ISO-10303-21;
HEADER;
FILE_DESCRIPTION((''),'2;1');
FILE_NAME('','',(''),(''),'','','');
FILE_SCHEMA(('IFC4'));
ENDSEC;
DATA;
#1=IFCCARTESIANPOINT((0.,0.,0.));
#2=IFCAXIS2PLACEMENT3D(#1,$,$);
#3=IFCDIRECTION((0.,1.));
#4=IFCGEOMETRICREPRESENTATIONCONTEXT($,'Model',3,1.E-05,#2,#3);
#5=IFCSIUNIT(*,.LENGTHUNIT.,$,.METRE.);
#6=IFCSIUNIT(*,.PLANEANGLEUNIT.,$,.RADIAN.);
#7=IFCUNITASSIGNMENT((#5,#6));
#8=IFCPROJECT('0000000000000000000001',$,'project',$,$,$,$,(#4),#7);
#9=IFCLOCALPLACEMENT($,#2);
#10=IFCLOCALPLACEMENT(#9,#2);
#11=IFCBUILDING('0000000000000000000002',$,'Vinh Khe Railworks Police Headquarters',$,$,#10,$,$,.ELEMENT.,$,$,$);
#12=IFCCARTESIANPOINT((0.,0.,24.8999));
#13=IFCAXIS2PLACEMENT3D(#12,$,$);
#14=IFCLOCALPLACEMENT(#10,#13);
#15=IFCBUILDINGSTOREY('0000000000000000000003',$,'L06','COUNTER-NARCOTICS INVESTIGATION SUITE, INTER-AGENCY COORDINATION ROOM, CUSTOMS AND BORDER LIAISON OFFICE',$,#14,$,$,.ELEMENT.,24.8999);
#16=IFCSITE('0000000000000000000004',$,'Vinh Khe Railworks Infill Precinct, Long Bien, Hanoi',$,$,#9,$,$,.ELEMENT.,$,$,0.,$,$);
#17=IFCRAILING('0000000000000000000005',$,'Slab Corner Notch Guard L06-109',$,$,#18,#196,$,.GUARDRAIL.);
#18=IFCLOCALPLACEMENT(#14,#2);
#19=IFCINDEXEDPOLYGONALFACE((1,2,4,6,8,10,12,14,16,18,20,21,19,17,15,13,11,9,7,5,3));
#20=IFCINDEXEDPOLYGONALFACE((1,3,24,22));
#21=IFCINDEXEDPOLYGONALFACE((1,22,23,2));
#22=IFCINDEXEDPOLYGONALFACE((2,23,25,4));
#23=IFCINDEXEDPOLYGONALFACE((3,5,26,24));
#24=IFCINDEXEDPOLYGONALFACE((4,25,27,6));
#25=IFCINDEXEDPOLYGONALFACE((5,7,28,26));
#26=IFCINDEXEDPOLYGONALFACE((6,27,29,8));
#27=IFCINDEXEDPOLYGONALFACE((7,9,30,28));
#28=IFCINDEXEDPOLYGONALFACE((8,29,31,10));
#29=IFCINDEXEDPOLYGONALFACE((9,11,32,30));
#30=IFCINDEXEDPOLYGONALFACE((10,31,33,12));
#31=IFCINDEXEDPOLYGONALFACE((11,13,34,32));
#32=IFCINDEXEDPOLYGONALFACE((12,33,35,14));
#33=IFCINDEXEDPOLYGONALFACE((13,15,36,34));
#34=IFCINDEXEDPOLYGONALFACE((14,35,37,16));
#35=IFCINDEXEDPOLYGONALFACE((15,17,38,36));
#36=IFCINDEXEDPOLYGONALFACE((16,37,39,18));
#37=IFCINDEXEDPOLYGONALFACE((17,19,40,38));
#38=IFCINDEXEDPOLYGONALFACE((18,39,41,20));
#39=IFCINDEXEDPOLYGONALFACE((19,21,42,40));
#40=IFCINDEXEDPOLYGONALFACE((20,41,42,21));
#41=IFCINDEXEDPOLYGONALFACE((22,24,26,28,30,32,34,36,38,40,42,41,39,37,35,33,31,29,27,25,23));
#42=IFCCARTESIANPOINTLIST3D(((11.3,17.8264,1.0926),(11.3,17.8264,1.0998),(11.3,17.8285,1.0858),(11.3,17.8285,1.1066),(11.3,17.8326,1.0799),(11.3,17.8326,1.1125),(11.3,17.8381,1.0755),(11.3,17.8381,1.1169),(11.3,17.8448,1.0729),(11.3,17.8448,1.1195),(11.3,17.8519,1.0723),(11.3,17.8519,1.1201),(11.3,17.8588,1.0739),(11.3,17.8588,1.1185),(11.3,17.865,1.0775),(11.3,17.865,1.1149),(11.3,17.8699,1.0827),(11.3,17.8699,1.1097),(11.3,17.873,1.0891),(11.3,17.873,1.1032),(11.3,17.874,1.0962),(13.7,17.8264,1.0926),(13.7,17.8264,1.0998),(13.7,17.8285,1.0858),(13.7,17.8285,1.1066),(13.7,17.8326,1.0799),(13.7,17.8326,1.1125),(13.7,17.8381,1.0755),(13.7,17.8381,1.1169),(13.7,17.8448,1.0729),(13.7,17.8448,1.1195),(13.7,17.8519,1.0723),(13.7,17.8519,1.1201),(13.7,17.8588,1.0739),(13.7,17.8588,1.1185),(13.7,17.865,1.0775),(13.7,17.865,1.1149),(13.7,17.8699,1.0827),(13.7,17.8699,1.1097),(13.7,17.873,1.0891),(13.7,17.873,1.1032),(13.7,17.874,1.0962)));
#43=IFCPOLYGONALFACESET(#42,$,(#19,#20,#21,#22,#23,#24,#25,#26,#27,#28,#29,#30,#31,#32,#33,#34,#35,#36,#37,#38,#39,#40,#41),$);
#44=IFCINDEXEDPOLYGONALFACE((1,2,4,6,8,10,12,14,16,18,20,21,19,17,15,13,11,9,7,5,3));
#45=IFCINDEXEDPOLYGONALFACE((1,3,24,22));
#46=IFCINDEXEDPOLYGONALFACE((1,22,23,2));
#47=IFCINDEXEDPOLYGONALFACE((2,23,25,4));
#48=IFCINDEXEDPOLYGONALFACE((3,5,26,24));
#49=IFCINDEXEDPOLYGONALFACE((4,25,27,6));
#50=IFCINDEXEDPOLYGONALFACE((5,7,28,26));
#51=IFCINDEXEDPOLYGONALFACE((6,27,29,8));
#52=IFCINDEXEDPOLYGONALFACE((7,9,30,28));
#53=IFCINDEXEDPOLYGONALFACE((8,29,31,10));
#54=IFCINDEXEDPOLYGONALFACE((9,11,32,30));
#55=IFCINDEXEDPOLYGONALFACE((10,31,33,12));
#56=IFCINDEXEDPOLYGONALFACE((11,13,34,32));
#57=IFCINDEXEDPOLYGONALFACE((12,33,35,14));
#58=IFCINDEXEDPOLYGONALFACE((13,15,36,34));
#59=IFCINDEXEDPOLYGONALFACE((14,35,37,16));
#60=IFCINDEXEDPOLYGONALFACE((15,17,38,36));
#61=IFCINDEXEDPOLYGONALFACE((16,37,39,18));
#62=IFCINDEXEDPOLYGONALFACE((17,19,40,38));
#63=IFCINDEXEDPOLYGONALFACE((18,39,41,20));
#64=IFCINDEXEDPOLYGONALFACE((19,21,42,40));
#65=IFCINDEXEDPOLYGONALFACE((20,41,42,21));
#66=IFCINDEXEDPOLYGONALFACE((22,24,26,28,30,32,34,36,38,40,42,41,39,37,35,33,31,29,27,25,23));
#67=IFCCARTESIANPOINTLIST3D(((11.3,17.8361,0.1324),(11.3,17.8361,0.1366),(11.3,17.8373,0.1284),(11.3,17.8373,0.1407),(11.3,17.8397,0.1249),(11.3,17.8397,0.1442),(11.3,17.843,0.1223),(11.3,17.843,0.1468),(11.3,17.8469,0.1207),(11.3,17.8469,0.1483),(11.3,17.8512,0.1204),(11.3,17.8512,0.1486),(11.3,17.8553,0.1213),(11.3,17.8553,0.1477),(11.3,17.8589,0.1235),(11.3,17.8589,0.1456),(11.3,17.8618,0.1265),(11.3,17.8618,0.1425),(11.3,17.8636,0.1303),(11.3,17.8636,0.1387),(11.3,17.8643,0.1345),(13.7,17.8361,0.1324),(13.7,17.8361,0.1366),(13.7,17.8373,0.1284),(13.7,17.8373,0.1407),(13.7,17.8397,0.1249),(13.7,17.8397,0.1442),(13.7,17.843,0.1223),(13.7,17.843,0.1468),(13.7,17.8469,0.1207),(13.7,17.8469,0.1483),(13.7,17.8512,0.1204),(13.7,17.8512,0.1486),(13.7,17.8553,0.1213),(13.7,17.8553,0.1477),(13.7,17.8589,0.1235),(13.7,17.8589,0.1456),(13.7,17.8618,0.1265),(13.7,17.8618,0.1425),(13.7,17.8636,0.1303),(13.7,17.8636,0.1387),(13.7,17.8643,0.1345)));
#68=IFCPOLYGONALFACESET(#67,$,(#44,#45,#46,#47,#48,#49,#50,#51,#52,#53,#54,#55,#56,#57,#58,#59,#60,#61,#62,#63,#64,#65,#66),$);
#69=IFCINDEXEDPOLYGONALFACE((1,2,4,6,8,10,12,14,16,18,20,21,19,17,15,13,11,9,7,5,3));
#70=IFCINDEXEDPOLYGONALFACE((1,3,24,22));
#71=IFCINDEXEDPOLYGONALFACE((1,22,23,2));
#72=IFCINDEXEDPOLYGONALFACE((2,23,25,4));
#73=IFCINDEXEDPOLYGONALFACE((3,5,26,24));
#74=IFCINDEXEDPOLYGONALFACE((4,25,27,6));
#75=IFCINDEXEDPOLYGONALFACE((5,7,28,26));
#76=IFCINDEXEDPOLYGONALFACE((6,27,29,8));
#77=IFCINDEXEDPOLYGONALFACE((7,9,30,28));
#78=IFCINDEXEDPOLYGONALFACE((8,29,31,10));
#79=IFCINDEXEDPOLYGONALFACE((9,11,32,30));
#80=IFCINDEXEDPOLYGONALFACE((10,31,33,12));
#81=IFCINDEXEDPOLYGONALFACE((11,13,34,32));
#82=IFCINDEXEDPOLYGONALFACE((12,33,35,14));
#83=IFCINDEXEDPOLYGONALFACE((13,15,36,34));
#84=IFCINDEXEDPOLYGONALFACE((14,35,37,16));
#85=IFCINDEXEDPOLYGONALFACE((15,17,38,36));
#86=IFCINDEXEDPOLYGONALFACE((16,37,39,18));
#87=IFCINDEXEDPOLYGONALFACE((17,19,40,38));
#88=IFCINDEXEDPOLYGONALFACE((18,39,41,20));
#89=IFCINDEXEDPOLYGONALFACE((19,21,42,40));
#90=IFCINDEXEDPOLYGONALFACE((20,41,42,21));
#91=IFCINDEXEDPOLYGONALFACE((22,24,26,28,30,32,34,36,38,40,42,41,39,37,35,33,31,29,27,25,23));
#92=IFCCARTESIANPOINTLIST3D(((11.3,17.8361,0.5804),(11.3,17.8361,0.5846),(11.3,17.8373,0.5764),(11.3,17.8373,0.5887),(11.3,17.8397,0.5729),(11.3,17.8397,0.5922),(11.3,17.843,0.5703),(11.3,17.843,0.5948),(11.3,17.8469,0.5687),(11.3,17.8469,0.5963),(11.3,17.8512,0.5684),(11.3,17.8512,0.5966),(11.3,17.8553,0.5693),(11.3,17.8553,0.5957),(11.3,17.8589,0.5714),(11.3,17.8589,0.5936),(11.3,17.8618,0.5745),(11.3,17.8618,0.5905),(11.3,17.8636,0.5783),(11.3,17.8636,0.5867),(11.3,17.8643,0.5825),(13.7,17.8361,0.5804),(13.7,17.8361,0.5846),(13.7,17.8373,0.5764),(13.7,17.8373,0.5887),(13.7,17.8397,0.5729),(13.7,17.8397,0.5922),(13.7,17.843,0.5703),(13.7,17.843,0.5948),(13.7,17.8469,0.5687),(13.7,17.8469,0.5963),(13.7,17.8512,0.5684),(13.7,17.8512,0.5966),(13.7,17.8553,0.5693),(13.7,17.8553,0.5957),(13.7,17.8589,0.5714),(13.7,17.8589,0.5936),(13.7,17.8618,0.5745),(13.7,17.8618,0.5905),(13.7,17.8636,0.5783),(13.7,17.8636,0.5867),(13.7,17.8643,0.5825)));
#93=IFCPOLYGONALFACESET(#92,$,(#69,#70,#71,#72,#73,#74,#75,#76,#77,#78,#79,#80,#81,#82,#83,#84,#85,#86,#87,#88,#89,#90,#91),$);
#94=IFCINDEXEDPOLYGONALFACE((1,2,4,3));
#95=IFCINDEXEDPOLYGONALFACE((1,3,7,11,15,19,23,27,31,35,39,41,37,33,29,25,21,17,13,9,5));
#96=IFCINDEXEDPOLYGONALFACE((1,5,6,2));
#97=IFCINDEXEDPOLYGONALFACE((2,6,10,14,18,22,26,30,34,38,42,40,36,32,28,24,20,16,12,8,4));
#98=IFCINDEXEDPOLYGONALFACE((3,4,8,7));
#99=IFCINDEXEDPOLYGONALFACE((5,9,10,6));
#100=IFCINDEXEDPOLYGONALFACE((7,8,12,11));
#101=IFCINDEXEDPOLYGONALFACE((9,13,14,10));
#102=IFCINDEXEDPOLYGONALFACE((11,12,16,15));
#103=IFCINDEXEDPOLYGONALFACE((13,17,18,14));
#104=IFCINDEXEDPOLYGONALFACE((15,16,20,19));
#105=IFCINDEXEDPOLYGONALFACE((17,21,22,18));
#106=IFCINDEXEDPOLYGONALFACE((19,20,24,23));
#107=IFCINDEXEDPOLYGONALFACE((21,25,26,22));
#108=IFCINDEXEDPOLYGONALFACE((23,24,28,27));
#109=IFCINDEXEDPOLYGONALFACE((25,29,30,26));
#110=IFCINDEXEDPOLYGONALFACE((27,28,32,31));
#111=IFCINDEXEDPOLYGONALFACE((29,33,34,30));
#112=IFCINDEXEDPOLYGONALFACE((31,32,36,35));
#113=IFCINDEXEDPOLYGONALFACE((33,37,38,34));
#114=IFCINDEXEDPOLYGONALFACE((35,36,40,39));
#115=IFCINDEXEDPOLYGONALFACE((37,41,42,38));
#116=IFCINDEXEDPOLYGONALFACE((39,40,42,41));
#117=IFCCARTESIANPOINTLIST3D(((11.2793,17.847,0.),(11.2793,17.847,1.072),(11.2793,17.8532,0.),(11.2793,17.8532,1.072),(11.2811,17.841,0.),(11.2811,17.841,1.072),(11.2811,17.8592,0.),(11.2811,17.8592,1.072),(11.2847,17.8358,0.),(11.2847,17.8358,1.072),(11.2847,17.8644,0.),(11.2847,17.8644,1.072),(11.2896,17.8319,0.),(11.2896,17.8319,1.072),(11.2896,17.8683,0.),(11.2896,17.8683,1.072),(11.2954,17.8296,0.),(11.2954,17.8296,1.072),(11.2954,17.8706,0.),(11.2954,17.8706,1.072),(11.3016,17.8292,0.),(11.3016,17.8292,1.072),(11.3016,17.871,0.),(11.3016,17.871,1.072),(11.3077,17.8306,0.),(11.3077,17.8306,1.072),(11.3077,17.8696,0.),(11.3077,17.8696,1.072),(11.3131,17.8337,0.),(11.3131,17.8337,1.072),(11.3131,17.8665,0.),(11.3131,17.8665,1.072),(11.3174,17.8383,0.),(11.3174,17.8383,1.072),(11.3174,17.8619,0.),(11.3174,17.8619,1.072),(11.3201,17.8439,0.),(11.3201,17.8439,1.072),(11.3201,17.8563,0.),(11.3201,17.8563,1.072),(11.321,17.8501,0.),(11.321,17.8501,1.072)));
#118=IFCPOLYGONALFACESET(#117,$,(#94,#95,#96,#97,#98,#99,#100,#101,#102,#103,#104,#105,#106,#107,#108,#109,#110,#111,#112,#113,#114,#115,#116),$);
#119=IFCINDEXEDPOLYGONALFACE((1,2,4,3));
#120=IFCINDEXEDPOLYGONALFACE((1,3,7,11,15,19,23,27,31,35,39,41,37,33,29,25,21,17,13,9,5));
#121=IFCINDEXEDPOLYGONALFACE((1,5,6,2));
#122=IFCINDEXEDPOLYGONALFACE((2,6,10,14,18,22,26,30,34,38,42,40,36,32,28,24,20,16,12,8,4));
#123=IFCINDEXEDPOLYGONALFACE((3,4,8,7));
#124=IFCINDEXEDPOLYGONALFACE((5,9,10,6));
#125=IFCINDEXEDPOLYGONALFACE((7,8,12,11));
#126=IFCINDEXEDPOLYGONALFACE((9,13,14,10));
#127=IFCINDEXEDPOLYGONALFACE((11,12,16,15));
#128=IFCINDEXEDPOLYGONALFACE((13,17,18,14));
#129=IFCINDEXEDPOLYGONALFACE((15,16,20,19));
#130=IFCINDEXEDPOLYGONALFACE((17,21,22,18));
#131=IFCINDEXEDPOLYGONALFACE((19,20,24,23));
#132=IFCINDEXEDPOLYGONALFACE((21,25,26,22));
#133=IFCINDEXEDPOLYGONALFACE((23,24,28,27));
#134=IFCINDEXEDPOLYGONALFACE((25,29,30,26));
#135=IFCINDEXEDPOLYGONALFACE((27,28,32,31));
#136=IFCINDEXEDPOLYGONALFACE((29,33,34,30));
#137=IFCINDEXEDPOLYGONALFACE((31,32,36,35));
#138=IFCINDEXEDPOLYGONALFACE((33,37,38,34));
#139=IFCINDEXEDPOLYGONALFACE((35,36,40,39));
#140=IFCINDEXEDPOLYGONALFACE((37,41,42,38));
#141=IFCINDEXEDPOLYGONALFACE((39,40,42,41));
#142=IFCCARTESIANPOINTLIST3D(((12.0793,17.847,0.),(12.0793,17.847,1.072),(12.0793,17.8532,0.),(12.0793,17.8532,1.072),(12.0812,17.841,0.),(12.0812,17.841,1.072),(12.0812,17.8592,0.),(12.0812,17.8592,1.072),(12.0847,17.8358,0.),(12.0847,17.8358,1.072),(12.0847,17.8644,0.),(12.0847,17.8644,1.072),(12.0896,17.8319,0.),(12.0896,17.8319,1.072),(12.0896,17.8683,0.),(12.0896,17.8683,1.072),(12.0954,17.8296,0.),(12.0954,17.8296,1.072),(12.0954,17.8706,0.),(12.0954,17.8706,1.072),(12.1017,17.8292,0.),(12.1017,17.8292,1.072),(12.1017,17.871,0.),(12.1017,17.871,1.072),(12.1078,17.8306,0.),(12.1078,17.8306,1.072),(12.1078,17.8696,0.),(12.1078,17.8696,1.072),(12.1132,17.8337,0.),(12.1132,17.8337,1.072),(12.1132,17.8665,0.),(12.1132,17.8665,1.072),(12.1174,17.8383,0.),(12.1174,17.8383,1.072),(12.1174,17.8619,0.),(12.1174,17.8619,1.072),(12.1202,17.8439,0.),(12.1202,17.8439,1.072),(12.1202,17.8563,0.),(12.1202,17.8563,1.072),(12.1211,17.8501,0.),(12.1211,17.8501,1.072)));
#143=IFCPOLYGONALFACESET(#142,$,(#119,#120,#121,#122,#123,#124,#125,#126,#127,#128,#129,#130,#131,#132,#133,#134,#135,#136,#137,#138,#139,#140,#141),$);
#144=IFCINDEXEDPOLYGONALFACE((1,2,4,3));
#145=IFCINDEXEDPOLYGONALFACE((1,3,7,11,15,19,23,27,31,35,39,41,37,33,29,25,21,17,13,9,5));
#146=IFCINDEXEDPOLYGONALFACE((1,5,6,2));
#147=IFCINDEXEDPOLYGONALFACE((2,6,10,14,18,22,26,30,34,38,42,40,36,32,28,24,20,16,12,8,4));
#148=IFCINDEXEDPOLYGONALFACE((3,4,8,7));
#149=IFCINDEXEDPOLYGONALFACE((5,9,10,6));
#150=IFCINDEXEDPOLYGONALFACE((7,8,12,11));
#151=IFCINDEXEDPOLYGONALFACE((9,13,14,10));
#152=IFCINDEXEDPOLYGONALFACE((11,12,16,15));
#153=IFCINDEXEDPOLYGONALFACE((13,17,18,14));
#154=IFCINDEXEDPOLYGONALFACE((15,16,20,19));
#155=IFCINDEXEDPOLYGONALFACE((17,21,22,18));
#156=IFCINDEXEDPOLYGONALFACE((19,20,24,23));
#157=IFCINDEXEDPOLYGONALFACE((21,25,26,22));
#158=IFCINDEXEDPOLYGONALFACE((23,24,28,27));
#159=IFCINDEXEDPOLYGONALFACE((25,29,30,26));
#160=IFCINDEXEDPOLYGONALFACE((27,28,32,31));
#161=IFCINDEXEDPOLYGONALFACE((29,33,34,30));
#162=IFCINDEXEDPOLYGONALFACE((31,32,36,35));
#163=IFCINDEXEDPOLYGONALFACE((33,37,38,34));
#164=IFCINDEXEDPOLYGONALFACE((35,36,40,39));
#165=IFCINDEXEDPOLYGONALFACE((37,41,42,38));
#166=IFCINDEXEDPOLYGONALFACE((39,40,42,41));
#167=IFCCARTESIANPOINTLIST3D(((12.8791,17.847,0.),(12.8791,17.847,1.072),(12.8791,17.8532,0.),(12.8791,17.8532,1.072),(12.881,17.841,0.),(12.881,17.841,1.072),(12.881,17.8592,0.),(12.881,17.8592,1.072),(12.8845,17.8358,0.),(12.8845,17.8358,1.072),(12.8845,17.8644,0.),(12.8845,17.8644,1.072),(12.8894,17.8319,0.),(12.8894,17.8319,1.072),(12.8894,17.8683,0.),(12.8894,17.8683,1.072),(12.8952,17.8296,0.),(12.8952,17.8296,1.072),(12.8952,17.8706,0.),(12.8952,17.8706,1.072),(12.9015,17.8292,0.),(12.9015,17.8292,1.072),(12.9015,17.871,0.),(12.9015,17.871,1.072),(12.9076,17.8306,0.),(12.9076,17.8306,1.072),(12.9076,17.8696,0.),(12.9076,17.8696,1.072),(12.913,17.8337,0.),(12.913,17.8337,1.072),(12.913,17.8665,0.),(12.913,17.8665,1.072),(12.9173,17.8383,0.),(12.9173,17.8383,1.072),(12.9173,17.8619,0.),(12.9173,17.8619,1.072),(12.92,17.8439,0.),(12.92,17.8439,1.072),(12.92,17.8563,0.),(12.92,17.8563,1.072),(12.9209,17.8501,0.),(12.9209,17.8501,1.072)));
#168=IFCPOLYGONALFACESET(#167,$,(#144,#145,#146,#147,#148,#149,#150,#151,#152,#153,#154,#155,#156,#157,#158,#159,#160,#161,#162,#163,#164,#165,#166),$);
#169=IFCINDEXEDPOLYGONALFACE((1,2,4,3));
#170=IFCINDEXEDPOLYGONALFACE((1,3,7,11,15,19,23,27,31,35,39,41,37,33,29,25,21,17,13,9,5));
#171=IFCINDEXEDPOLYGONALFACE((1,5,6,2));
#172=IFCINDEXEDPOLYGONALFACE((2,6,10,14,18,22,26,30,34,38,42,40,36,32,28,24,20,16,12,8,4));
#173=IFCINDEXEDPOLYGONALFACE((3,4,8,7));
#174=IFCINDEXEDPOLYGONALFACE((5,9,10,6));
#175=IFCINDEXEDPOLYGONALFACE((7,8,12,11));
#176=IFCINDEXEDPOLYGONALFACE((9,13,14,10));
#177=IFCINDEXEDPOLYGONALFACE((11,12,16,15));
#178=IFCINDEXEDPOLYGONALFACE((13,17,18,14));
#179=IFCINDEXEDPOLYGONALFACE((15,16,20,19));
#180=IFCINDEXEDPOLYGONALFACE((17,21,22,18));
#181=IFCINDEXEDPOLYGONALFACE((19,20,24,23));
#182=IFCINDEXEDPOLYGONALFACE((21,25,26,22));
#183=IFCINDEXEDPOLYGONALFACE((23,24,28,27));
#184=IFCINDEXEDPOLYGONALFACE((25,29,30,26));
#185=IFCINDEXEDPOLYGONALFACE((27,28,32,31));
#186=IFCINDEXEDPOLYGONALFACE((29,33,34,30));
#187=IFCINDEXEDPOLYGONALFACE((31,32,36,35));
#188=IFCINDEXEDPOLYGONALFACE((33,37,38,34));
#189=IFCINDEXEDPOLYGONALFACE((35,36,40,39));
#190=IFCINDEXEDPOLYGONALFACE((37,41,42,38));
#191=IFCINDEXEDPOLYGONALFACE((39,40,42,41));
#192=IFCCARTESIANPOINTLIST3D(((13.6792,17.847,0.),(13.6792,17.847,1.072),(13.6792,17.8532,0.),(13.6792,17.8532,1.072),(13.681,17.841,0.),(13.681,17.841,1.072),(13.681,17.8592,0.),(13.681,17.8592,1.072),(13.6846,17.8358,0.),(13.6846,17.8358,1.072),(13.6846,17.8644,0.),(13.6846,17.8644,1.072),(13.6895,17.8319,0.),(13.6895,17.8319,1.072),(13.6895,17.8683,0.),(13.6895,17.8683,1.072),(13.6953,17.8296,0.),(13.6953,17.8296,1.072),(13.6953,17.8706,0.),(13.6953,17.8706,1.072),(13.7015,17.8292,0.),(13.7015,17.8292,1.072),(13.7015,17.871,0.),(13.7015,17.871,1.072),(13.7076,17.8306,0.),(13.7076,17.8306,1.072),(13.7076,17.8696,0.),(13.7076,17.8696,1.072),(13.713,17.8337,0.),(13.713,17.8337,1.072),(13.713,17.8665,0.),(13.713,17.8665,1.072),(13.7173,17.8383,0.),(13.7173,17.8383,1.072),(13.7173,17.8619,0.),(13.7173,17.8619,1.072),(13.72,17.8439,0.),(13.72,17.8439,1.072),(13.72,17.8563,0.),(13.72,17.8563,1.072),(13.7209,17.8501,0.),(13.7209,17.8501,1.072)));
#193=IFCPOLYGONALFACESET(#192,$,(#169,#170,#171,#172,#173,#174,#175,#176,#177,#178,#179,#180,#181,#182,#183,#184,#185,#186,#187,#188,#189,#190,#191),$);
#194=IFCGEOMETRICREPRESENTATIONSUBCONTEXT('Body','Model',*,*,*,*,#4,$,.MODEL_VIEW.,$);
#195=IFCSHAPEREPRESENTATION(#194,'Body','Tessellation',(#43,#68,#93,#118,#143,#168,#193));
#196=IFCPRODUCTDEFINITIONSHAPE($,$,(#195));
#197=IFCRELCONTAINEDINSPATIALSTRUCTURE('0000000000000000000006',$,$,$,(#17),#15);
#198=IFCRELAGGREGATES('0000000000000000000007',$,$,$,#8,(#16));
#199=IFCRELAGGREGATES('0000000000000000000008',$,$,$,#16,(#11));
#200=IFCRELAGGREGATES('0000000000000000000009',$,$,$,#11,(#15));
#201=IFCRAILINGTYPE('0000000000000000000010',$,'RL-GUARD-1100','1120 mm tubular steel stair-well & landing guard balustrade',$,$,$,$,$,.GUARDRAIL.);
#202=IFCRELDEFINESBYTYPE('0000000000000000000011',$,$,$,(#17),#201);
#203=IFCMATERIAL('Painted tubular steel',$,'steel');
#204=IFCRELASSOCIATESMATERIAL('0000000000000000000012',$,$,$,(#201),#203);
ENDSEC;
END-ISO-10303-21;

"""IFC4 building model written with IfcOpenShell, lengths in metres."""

from ifc_helpers import new_model, si_unit, direction, frame, origin, origin_2d, place, context, subcontext, project, spatial, circle, extrude, material, type_object, element, save


model = new_model("IFC4")

# Units and contexts
model_context = context("Model", 3, precision=1e-05, world=origin(), true_north=direction((0.0, 1.0)))
body_context = subcontext(model_context, "Body", "Model", "MODEL_VIEW")
ifc_project = project(units=[si_unit("LENGTHUNIT", "METRE"), si_unit("PLANEANGLEUNIT", "RADIAN")], contexts=[model_context])

# Site, building, storey
site_placement = place(None, origin())
site = spatial("IfcSite", under=ifc_project, at=site_placement, Name="Vinh Khe Railworks Infill Precinct, Long Bien, Hanoi", CompositionType="ELEMENT", RefElevation=0.0)
building_placement = place(site_placement, origin())
building = spatial("IfcBuilding", under=site, at=building_placement, Name="Vinh Khe Railworks Police Headquarters", CompositionType="ELEMENT")
storey_placement = place(building_placement, frame((0.0, 0.0, 24.8999)))
storey = spatial("IfcBuildingStorey", under=building, at=storey_placement, Name="L06", Description="COUNTER-NARCOTICS INVESTIGATION SUITE, INTER-AGENCY COORDINATION ROOM, CUSTOMS AND BORDER LIAISON OFFICE", CompositionType="ELEMENT", Elevation=24.8999)

# Railing
ifc_material_1 = material(Name="Painted tubular steel", Category="steel")
railing_type = type_object("IfcRailingType", Name="RL-GUARD-1100", Description="1120 mm tubular steel stair-well & landing guard balustrade", PredefinedType="GUARDRAIL", material=ifc_material_1)
railing_1_placement = place(storey_placement, frame((11.3, 17.8501, 0.0)))
element("IfcRailing", 1, at=railing_1_placement, inside=storey, type_object=railing_type, Name="Slab Corner Notch Guard L06-109", PredefinedType="GUARDRAIL", context=body_context, shape_type="SweptSolid", body=[
    extrude(circle(Radius=0.0239, at=origin_2d()), frame((0.0, 0.0, 1.0962), z_axis=(1.0, 0.0, 0.0), x_axis=(0.0, 1.0, 0.0)), (0.0, 0.0, 1.0), 2.3999),
    extrude(circle(Radius=0.0142, at=origin_2d()), frame((0.0, 0.0, 0.1345), z_axis=(1.0, 0.0, 0.0), x_axis=(0.0, 1.0, 0.0)), (0.0, 0.0, 1.0), 2.3999),
    extrude(circle(Radius=0.0142, at=origin_2d()), frame((0.0, 0.0, 0.5825), z_axis=(1.0, 0.0, 0.0), x_axis=(0.0, 1.0, 0.0)), (0.0, 0.0, 1.0), 2.3999),
    extrude(circle(Radius=0.021, at=origin_2d()), origin(), (0.0, 0.0, 1.0), 1.072),
    extrude(circle(Radius=0.021, at=origin_2d()), frame((0.8, 0.0, 0.0)), (0.0, 0.0, 1.0), 1.072),
    extrude(circle(Radius=0.021, at=origin_2d()), frame((1.5999, 0.0, 0.0)), (0.0, 0.0, 1.0), 1.072),
    extrude(circle(Radius=0.021, at=origin_2d()), frame((2.3999, 0.0, 0.0)), (0.0, 0.0, 1.0), 1.072),
])

save(model, "model.ifc")
